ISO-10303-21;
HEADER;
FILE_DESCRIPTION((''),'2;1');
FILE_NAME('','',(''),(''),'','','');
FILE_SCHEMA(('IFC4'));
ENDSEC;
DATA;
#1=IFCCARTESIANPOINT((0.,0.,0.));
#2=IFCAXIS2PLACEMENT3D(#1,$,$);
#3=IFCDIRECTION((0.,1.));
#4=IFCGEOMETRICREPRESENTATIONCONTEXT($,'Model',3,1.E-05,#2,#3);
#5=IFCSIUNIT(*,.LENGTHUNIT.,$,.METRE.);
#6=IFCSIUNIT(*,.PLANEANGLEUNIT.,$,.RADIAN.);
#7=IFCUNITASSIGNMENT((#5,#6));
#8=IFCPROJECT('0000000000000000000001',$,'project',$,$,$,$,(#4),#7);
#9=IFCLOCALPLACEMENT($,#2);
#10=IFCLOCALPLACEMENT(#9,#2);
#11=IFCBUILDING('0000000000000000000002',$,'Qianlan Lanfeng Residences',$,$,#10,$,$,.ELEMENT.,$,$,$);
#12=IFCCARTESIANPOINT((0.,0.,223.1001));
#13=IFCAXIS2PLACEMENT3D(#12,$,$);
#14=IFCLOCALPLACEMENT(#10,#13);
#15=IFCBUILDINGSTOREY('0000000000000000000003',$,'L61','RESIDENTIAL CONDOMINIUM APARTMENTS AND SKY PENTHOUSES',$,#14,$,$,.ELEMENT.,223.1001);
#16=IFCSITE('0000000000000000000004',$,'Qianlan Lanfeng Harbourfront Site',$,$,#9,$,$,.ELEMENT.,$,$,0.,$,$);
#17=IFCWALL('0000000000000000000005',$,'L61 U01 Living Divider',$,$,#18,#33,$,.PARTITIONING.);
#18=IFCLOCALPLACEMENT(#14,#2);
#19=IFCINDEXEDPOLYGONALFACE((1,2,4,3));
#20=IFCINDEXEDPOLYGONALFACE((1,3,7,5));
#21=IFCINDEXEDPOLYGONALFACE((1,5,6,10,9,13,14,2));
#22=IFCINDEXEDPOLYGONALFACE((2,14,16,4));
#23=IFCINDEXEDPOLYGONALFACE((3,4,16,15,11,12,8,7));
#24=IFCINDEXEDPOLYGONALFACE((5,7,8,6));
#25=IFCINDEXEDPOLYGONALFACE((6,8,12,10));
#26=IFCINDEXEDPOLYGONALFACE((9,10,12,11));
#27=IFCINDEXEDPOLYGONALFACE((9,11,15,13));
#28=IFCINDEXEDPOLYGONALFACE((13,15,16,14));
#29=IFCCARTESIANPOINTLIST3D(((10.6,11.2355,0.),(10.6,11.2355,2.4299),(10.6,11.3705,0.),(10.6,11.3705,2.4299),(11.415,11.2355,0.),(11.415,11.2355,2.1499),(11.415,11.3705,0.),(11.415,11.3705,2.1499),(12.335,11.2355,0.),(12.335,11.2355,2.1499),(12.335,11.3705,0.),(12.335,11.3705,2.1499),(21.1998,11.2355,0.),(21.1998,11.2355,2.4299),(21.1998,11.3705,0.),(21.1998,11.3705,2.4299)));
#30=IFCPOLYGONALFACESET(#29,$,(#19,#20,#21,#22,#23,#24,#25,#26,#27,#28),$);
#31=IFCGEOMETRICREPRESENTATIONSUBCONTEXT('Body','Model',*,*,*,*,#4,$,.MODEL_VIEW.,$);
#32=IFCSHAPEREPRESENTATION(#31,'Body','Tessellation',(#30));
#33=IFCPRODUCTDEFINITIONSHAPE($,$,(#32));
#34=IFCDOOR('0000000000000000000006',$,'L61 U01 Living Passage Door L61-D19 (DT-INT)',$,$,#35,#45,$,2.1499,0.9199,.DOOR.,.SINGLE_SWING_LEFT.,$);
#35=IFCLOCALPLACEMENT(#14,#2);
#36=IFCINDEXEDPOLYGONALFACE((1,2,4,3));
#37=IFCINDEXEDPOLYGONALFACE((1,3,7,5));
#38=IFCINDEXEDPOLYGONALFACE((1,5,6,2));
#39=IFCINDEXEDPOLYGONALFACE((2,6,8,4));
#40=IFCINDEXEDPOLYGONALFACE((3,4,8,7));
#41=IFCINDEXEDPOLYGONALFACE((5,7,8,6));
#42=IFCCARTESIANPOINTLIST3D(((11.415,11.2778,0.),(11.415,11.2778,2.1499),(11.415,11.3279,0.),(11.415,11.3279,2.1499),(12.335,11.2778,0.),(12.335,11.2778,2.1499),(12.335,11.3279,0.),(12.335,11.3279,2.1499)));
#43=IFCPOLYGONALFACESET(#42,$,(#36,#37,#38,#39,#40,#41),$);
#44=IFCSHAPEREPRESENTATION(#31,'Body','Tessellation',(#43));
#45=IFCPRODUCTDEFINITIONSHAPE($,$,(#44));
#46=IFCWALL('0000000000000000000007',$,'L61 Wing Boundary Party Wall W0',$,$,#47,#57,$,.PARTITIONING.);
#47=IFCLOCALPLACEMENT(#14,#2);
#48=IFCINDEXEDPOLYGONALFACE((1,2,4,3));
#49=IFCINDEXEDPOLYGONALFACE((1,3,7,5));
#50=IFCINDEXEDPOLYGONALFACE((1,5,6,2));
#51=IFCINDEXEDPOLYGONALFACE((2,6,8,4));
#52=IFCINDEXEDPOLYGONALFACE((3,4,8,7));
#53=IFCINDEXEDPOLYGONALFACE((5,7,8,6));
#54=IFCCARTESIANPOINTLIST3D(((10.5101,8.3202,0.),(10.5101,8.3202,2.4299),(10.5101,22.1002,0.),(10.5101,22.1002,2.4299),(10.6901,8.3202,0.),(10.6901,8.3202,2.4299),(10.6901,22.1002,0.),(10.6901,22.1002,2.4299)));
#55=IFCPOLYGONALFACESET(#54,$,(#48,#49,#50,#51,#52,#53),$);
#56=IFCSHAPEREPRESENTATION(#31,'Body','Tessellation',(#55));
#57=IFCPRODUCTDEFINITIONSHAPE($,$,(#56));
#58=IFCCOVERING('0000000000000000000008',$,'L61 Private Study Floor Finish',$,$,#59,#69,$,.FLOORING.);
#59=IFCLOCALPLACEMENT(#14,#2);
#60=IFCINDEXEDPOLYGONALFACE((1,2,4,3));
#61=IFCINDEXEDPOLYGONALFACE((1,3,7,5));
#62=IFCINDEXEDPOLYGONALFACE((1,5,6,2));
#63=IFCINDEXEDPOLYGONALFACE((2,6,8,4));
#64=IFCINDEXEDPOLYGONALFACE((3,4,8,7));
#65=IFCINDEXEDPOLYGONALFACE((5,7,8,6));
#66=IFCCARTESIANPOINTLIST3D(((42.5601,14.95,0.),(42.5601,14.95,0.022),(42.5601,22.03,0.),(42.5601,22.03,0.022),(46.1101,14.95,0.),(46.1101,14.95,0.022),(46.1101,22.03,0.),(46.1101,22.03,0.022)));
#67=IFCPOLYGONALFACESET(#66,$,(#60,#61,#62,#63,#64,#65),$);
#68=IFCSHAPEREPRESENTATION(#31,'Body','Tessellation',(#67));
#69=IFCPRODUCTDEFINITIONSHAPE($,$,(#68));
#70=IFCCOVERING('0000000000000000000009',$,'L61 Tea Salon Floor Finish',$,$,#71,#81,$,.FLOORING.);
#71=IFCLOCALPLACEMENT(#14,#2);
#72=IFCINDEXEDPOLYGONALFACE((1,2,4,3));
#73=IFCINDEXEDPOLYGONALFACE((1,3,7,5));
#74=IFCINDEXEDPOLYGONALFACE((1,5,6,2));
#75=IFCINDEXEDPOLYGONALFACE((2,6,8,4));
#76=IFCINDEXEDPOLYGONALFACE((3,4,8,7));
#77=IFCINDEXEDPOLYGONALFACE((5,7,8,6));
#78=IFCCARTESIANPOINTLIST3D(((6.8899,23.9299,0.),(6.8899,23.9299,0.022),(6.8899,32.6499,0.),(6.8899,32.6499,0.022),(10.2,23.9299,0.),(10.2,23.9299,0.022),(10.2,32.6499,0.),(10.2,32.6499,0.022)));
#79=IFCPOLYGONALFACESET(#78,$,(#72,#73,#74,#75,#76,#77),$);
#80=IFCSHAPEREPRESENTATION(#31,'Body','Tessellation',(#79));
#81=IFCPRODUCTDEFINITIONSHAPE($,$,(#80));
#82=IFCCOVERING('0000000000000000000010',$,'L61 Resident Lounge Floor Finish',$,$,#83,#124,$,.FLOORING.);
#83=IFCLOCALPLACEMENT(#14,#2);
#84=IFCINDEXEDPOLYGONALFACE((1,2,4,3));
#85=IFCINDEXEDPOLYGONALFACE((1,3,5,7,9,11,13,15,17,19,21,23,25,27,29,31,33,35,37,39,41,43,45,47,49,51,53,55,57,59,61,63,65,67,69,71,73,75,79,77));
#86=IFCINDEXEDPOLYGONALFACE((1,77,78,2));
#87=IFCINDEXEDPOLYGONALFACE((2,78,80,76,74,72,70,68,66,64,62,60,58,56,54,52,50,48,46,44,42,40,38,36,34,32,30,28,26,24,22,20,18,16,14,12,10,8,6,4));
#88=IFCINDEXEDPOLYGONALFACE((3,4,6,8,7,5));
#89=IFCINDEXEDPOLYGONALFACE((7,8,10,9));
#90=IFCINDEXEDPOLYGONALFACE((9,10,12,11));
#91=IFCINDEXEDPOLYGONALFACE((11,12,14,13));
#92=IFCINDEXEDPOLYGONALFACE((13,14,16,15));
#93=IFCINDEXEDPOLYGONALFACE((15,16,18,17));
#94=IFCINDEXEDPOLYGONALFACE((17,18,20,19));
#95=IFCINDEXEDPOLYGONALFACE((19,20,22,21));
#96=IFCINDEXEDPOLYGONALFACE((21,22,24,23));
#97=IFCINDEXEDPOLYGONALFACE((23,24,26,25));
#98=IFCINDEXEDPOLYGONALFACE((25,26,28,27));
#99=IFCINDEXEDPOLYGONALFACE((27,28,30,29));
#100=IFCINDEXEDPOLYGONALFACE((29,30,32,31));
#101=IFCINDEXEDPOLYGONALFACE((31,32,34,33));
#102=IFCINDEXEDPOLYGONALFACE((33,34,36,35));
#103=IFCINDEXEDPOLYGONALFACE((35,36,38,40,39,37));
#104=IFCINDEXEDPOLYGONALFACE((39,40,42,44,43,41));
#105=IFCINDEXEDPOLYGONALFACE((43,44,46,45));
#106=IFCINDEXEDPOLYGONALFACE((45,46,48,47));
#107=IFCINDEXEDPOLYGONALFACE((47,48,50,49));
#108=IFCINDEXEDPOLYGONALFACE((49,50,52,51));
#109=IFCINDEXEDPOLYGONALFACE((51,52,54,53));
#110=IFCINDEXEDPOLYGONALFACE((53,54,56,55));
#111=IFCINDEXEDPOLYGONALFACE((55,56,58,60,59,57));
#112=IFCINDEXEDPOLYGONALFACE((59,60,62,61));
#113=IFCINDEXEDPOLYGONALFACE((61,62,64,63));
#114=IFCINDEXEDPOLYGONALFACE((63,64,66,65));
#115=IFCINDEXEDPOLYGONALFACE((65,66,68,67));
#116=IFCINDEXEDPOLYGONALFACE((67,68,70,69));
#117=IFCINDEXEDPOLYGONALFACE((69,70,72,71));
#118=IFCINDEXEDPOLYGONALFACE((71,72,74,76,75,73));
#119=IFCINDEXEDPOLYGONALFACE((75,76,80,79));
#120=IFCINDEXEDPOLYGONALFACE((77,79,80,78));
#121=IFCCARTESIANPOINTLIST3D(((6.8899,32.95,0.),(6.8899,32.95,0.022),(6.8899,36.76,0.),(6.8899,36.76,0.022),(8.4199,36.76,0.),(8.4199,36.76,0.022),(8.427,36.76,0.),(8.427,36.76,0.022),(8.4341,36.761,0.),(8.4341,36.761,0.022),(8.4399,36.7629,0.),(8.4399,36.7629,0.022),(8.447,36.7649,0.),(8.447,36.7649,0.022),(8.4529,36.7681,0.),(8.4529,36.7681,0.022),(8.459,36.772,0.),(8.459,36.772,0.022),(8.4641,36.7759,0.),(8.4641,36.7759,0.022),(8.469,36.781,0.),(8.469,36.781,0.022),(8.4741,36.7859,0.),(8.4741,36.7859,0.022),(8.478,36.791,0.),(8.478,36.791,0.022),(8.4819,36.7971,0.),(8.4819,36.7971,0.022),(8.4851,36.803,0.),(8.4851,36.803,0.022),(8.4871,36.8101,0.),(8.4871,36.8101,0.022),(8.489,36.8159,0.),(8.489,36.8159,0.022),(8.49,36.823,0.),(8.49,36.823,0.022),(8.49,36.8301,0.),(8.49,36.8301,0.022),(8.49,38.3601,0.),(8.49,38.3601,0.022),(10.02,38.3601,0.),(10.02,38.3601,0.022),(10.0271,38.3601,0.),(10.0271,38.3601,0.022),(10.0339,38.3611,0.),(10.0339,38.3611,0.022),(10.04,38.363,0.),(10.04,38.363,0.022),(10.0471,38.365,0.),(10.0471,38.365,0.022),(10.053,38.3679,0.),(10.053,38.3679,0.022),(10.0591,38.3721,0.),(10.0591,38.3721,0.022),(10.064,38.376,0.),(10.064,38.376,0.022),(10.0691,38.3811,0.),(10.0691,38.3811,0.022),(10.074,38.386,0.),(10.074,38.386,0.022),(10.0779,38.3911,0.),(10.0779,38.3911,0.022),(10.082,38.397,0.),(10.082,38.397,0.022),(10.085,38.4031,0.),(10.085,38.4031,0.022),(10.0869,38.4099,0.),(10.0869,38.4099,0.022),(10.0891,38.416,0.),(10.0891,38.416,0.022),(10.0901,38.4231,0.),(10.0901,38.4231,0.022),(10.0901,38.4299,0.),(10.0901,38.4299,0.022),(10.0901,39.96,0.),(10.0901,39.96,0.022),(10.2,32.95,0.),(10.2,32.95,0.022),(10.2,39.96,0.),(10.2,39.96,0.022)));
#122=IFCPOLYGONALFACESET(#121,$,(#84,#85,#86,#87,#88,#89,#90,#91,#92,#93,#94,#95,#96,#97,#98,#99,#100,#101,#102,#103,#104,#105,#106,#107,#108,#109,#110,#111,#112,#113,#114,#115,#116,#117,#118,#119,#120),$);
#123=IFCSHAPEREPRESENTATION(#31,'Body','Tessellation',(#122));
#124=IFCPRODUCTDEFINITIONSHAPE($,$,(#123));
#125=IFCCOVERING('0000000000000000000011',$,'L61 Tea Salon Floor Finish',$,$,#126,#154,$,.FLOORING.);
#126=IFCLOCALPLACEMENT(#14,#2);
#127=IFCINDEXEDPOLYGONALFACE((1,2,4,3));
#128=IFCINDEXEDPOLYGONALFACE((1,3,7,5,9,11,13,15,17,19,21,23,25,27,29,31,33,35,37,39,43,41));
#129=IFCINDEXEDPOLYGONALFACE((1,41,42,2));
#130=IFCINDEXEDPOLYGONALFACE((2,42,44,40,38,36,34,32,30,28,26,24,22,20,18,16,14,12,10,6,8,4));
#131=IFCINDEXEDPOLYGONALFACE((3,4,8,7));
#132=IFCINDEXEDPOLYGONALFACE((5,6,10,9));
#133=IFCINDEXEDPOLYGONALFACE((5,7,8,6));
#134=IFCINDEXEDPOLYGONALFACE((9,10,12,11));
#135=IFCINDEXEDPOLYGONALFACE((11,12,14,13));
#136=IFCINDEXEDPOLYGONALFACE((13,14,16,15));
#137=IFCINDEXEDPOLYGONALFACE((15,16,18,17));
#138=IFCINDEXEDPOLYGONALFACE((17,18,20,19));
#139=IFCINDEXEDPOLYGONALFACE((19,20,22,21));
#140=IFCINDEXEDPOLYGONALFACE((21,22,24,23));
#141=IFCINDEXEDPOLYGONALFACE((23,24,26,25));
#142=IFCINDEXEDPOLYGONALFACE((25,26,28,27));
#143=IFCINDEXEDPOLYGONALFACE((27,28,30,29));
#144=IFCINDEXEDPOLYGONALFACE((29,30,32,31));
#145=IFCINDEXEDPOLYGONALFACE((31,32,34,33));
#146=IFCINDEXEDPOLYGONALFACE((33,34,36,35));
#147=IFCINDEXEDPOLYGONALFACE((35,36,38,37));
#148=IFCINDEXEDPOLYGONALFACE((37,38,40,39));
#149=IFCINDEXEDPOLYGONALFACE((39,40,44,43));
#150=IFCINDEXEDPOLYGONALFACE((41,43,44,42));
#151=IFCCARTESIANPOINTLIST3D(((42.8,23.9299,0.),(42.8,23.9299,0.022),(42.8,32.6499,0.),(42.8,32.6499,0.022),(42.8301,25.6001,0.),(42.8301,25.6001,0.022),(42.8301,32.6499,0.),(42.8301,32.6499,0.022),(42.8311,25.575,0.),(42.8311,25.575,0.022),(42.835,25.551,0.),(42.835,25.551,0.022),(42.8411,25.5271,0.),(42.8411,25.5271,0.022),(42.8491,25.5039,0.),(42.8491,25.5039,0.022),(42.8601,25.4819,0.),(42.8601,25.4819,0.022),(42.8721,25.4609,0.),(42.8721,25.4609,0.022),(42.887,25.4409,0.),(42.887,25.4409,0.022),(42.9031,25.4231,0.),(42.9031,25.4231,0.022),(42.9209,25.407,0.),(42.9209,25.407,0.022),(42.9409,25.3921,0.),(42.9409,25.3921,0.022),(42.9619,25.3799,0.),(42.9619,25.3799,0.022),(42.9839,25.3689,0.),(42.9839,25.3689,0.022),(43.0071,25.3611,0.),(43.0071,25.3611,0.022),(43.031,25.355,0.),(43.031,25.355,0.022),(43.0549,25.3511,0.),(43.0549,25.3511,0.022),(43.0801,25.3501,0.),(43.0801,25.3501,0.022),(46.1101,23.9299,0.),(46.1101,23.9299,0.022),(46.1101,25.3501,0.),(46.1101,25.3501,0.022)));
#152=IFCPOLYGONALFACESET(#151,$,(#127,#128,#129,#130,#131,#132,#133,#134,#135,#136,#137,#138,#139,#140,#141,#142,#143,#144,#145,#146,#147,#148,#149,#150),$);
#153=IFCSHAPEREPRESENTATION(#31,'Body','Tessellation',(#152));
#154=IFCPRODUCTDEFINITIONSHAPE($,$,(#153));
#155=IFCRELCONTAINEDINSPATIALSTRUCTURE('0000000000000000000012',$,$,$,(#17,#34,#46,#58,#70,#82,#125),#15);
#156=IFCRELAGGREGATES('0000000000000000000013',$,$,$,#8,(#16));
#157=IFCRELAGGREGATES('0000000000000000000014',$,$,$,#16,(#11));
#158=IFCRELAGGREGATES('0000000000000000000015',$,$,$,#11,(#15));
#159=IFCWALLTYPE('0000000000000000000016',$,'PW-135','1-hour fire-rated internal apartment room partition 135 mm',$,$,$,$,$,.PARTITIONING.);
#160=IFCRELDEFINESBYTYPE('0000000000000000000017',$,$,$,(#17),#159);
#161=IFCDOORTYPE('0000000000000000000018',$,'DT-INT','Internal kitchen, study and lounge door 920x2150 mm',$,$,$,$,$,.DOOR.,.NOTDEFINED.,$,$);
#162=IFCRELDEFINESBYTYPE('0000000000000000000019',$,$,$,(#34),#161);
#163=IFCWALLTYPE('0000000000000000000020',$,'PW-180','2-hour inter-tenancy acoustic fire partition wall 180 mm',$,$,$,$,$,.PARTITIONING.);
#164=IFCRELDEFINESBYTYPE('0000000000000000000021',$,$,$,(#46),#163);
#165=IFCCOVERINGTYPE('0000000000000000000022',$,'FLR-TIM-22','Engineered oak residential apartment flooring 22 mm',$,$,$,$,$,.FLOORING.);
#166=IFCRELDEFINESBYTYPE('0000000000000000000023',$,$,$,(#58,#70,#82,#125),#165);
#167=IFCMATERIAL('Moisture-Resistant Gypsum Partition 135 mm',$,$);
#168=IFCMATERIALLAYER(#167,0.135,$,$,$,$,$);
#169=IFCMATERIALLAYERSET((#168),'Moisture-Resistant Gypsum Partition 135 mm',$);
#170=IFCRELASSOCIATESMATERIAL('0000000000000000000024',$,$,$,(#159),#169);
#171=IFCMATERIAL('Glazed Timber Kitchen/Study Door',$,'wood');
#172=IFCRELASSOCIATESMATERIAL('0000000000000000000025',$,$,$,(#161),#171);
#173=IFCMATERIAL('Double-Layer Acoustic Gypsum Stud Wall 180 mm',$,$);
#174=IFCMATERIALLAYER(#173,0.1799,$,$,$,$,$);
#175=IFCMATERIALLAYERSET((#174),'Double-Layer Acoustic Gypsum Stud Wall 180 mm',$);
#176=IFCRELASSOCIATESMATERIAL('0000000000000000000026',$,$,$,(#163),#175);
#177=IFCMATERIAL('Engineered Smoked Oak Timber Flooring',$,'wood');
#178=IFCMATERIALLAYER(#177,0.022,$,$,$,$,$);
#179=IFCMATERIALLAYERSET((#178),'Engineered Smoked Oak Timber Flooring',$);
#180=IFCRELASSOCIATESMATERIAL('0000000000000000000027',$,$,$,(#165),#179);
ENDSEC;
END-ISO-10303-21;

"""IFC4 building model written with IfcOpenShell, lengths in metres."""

from ifc_helpers import new_model, si_unit, direction, frame, frame_2d, origin, place, context, subcontext, project, spatial, polyline, rectangle, outline, extrude, material, layer, layer_set, type_object, element, fill, save


model = new_model("IFC4")

# Units and contexts
model_context = context("Model", 3, precision=1e-05, world=origin(), true_north=direction((0.0, 1.0)))
body_context = subcontext(model_context, "Body", "Model", "MODEL_VIEW")
ifc_project = project(units=[si_unit("LENGTHUNIT", "METRE"), si_unit("PLANEANGLEUNIT", "RADIAN")], contexts=[model_context])

# Site, building, storey
site_placement = place(None, origin())
site = spatial("IfcSite", under=ifc_project, at=site_placement, Name="Qianlan Lanfeng Harbourfront Site", CompositionType="ELEMENT", RefElevation=0.0)
building_placement = place(site_placement, origin())
building = spatial("IfcBuilding", under=site, at=building_placement, Name="Qianlan Lanfeng Residences", CompositionType="ELEMENT")
storey_placement = place(building_placement, frame((0.0, 0.0, 223.1001)))
storey = spatial("IfcBuildingStorey", under=building, at=storey_placement, Name="L61", Description="RESIDENTIAL CONDOMINIUM APARTMENTS AND SKY PENTHOUSES", CompositionType="ELEMENT", Elevation=223.1001)

# Wall, opening, door
ifc_material_1 = material(Name="Moisture-Resistant Gypsum Partition 135 mm")
ifc_layer_1 = layer(ifc_material_1, 0.135)
ifc_layer_set_1 = layer_set([ifc_layer_1], Name="Moisture-Resistant Gypsum Partition 135 mm")
wall_type_1 = type_object("IfcWallType", Name="PW-135", Description="1-hour fire-rated internal apartment room partition 135 mm", PredefinedType="PARTITIONING", material=ifc_layer_set_1)
wall_1_placement = place(storey_placement, frame((10.6001, 11.303, 0.0), z_axis=(0.0, 0.0, 1.0), x_axis=(1.0, 0.0, 0.0)))
wall_1 = element("IfcWall", 1, at=wall_1_placement, inside=storey, type_object=wall_type_1, Name="L61 U01 Living Divider", PredefinedType="PARTITIONING", context=body_context, shape_type="SweptSolid", body=[
    extrude(rectangle(XDim=10.5999, YDim=0.135, at=frame_2d((5.2998, 0.0))), origin(), (0.0, 0.0, 1.0), 2.4299),
])
opening_1_placement = place(wall_1_placement, frame((0.8149, 0.0, 0.0)))
opening_1 = element("IfcOpeningElement", 2, at=opening_1_placement, cuts=wall_1, PredefinedType="OPENING", context=body_context, shape_type="SweptSolid", body=[
    extrude(rectangle(XDim=0.9199, YDim=2.1499, at=frame_2d((0.46, 1.075))), frame((0.0, 0.0776, 0.0), z_axis=(0.0, -1.0, 0.0), x_axis=(1.0, 0.0, 0.0)), (0.0, 0.0, 1.0), 0.155),
])
ifc_material_2 = material(Name="Glazed Timber Kitchen/Study Door", Category="wood")
door_type = type_object("IfcDoorType", Name="DT-INT", Description="Internal kitchen, study and lounge door 920x2150 mm", OperationType="NOTDEFINED", PredefinedType="DOOR", material=ifc_material_2)
door_placement = place(opening_1_placement, origin())
door = element("IfcDoor", 3, at=door_placement, inside=storey, type_object=door_type, Name="L61 U01 Living Passage Door L61-D19 (DT-INT)", OperationType="SINGLE_SWING_LEFT", OverallHeight=2.1499, OverallWidth=0.9199, PredefinedType="DOOR", context=body_context, shape_type="SweptSolid", body=[
    extrude(rectangle(XDim=0.9199, YDim=2.1499, at=frame_2d((0.46, 1.075))), frame((0.0, 0.0249, 0.0), z_axis=(0.0, -1.0, 0.0), x_axis=(1.0, 0.0, 0.0)), (0.0, 0.0, 1.0), 0.05),
])
fill(opening_1, door)

# Wall
ifc_material_3 = material(Name="Double-Layer Acoustic Gypsum Stud Wall 180 mm")
ifc_layer_2 = layer(ifc_material_3, 0.1799)
ifc_layer_set_2 = layer_set([ifc_layer_2], Name="Double-Layer Acoustic Gypsum Stud Wall 180 mm")
wall_type_2 = type_object("IfcWallType", Name="PW-180", Description="2-hour inter-tenancy acoustic fire partition wall 180 mm", PredefinedType="PARTITIONING", material=ifc_layer_set_2)
wall_2_placement = place(storey_placement, frame((10.6001, 8.3201, 0.0), z_axis=(0.0, 0.0, 1.0), x_axis=(0.0, 1.0, 0.0)))
element("IfcWall", 4, at=wall_2_placement, inside=storey, type_object=wall_type_2, Name="L61 Wing Boundary Party Wall W0", PredefinedType="PARTITIONING", context=body_context, shape_type="SweptSolid", body=[
    extrude(rectangle(XDim=13.78, YDim=0.1799, at=frame_2d((6.8901, 0.0))), origin(), (0.0, 0.0, 1.0), 2.4299),
])

# Coverings
ifc_material_4 = material(Name="Engineered Smoked Oak Timber Flooring", Category="wood")
ifc_layer_3 = layer(ifc_material_4, 0.022)
ifc_layer_set_3 = layer_set([ifc_layer_3], Name="Engineered Smoked Oak Timber Flooring")
covering_type = type_object("IfcCoveringType", Name="FLR-TIM-22", Description="Engineered oak residential apartment flooring 22 mm", PredefinedType="FLOORING", material=ifc_layer_set_3)
covering_1_placement = place(storey_placement, origin())
element("IfcCovering", 5, at=covering_1_placement, inside=storey, type_object=covering_type, Name="L61 Private Study Floor Finish", PredefinedType="FLOORING", context=body_context, shape_type="SweptSolid", body=[
    extrude(outline(polyline([(46.1101, 22.03), (42.5601, 22.03), (42.5601, 14.95), (46.1101, 14.95), (46.1101, 22.03)])), origin(), (0.0, 0.0, 1.0), 0.022),
])
covering_2_placement = place(storey_placement, origin())
element("IfcCovering", 6, at=covering_2_placement, inside=storey, type_object=covering_type, Name="L61 Tea Salon Floor Finish", PredefinedType="FLOORING", context=body_context, shape_type="SweptSolid", body=[
    extrude(outline(polyline([(10.2, 32.6499), (6.8899, 32.6499), (6.8899, 23.9299), (10.2, 23.9299), (10.2, 32.6499)])), origin(), (0.0, 0.0, 1.0), 0.022),
])
covering_3_placement = place(storey_placement, origin())
element("IfcCovering", 7, at=covering_3_placement, inside=storey, type_object=covering_type, Name="L61 Resident Lounge Floor Finish", PredefinedType="FLOORING", context=body_context, shape_type="SweptSolid", body=[
    extrude(outline(polyline([(6.8899, 32.95), (10.2, 32.95), (10.2, 39.96), (10.0901, 39.96), (10.0901, 38.4299), (10.0901, 38.4231), (10.0891, 38.416), (10.0869, 38.4099), (10.085, 38.4031), (10.082, 38.397), (10.0779, 38.3911), (10.074, 38.386), (10.0691, 38.3811), (10.064, 38.376), (10.0591, 38.3721), (10.053, 38.3679), (10.0471, 38.365), (10.04, 38.363), (10.0339, 38.3611), (10.0271, 38.3601), (10.02, 38.3601), (8.49, 38.3601), (8.49, 36.8301), (8.49, 36.823), (8.489, 36.8159), (8.4871, 36.8101), (8.4851, 36.803), (8.4819, 36.7971), (8.478, 36.791), (8.4741, 36.7859), (8.469, 36.781), (8.4641, 36.7759), (8.459, 36.772), (8.4529, 36.7681), (8.447, 36.7649), (8.4399, 36.7629), (8.4341, 36.761), (8.427, 36.76), (8.4199, 36.76), (6.8899, 36.76), (6.8899, 32.95)])), origin(), (0.0, 0.0, 1.0), 0.022),
])
covering_4_placement = place(storey_placement, origin())
element("IfcCovering", 8, at=covering_4_placement, inside=storey, type_object=covering_type, Name="L61 Tea Salon Floor Finish", PredefinedType="FLOORING", context=body_context, shape_type="SweptSolid", body=[
    extrude(outline(polyline([(46.1101, 25.3501), (43.0801, 25.3501), (43.0549, 25.3511), (43.031, 25.355), (43.0071, 25.3611), (42.9839, 25.3689), (42.9619, 25.3799), (42.9409, 25.3921), (42.9209, 25.407), (42.9031, 25.4231), (42.887, 25.4409), (42.8721, 25.4609), (42.8601, 25.4819), (42.8491, 25.5039), (42.8411, 25.5271), (42.835, 25.551), (42.8311, 25.575), (42.8301, 25.6001), (42.8301, 32.6499), (42.8, 32.6499), (42.8, 23.9299), (46.1101, 23.9299), (46.1101, 25.3501)])), origin(), (0.0, 0.0, 1.0), 0.022),
])

save(model, "model.ifc")
